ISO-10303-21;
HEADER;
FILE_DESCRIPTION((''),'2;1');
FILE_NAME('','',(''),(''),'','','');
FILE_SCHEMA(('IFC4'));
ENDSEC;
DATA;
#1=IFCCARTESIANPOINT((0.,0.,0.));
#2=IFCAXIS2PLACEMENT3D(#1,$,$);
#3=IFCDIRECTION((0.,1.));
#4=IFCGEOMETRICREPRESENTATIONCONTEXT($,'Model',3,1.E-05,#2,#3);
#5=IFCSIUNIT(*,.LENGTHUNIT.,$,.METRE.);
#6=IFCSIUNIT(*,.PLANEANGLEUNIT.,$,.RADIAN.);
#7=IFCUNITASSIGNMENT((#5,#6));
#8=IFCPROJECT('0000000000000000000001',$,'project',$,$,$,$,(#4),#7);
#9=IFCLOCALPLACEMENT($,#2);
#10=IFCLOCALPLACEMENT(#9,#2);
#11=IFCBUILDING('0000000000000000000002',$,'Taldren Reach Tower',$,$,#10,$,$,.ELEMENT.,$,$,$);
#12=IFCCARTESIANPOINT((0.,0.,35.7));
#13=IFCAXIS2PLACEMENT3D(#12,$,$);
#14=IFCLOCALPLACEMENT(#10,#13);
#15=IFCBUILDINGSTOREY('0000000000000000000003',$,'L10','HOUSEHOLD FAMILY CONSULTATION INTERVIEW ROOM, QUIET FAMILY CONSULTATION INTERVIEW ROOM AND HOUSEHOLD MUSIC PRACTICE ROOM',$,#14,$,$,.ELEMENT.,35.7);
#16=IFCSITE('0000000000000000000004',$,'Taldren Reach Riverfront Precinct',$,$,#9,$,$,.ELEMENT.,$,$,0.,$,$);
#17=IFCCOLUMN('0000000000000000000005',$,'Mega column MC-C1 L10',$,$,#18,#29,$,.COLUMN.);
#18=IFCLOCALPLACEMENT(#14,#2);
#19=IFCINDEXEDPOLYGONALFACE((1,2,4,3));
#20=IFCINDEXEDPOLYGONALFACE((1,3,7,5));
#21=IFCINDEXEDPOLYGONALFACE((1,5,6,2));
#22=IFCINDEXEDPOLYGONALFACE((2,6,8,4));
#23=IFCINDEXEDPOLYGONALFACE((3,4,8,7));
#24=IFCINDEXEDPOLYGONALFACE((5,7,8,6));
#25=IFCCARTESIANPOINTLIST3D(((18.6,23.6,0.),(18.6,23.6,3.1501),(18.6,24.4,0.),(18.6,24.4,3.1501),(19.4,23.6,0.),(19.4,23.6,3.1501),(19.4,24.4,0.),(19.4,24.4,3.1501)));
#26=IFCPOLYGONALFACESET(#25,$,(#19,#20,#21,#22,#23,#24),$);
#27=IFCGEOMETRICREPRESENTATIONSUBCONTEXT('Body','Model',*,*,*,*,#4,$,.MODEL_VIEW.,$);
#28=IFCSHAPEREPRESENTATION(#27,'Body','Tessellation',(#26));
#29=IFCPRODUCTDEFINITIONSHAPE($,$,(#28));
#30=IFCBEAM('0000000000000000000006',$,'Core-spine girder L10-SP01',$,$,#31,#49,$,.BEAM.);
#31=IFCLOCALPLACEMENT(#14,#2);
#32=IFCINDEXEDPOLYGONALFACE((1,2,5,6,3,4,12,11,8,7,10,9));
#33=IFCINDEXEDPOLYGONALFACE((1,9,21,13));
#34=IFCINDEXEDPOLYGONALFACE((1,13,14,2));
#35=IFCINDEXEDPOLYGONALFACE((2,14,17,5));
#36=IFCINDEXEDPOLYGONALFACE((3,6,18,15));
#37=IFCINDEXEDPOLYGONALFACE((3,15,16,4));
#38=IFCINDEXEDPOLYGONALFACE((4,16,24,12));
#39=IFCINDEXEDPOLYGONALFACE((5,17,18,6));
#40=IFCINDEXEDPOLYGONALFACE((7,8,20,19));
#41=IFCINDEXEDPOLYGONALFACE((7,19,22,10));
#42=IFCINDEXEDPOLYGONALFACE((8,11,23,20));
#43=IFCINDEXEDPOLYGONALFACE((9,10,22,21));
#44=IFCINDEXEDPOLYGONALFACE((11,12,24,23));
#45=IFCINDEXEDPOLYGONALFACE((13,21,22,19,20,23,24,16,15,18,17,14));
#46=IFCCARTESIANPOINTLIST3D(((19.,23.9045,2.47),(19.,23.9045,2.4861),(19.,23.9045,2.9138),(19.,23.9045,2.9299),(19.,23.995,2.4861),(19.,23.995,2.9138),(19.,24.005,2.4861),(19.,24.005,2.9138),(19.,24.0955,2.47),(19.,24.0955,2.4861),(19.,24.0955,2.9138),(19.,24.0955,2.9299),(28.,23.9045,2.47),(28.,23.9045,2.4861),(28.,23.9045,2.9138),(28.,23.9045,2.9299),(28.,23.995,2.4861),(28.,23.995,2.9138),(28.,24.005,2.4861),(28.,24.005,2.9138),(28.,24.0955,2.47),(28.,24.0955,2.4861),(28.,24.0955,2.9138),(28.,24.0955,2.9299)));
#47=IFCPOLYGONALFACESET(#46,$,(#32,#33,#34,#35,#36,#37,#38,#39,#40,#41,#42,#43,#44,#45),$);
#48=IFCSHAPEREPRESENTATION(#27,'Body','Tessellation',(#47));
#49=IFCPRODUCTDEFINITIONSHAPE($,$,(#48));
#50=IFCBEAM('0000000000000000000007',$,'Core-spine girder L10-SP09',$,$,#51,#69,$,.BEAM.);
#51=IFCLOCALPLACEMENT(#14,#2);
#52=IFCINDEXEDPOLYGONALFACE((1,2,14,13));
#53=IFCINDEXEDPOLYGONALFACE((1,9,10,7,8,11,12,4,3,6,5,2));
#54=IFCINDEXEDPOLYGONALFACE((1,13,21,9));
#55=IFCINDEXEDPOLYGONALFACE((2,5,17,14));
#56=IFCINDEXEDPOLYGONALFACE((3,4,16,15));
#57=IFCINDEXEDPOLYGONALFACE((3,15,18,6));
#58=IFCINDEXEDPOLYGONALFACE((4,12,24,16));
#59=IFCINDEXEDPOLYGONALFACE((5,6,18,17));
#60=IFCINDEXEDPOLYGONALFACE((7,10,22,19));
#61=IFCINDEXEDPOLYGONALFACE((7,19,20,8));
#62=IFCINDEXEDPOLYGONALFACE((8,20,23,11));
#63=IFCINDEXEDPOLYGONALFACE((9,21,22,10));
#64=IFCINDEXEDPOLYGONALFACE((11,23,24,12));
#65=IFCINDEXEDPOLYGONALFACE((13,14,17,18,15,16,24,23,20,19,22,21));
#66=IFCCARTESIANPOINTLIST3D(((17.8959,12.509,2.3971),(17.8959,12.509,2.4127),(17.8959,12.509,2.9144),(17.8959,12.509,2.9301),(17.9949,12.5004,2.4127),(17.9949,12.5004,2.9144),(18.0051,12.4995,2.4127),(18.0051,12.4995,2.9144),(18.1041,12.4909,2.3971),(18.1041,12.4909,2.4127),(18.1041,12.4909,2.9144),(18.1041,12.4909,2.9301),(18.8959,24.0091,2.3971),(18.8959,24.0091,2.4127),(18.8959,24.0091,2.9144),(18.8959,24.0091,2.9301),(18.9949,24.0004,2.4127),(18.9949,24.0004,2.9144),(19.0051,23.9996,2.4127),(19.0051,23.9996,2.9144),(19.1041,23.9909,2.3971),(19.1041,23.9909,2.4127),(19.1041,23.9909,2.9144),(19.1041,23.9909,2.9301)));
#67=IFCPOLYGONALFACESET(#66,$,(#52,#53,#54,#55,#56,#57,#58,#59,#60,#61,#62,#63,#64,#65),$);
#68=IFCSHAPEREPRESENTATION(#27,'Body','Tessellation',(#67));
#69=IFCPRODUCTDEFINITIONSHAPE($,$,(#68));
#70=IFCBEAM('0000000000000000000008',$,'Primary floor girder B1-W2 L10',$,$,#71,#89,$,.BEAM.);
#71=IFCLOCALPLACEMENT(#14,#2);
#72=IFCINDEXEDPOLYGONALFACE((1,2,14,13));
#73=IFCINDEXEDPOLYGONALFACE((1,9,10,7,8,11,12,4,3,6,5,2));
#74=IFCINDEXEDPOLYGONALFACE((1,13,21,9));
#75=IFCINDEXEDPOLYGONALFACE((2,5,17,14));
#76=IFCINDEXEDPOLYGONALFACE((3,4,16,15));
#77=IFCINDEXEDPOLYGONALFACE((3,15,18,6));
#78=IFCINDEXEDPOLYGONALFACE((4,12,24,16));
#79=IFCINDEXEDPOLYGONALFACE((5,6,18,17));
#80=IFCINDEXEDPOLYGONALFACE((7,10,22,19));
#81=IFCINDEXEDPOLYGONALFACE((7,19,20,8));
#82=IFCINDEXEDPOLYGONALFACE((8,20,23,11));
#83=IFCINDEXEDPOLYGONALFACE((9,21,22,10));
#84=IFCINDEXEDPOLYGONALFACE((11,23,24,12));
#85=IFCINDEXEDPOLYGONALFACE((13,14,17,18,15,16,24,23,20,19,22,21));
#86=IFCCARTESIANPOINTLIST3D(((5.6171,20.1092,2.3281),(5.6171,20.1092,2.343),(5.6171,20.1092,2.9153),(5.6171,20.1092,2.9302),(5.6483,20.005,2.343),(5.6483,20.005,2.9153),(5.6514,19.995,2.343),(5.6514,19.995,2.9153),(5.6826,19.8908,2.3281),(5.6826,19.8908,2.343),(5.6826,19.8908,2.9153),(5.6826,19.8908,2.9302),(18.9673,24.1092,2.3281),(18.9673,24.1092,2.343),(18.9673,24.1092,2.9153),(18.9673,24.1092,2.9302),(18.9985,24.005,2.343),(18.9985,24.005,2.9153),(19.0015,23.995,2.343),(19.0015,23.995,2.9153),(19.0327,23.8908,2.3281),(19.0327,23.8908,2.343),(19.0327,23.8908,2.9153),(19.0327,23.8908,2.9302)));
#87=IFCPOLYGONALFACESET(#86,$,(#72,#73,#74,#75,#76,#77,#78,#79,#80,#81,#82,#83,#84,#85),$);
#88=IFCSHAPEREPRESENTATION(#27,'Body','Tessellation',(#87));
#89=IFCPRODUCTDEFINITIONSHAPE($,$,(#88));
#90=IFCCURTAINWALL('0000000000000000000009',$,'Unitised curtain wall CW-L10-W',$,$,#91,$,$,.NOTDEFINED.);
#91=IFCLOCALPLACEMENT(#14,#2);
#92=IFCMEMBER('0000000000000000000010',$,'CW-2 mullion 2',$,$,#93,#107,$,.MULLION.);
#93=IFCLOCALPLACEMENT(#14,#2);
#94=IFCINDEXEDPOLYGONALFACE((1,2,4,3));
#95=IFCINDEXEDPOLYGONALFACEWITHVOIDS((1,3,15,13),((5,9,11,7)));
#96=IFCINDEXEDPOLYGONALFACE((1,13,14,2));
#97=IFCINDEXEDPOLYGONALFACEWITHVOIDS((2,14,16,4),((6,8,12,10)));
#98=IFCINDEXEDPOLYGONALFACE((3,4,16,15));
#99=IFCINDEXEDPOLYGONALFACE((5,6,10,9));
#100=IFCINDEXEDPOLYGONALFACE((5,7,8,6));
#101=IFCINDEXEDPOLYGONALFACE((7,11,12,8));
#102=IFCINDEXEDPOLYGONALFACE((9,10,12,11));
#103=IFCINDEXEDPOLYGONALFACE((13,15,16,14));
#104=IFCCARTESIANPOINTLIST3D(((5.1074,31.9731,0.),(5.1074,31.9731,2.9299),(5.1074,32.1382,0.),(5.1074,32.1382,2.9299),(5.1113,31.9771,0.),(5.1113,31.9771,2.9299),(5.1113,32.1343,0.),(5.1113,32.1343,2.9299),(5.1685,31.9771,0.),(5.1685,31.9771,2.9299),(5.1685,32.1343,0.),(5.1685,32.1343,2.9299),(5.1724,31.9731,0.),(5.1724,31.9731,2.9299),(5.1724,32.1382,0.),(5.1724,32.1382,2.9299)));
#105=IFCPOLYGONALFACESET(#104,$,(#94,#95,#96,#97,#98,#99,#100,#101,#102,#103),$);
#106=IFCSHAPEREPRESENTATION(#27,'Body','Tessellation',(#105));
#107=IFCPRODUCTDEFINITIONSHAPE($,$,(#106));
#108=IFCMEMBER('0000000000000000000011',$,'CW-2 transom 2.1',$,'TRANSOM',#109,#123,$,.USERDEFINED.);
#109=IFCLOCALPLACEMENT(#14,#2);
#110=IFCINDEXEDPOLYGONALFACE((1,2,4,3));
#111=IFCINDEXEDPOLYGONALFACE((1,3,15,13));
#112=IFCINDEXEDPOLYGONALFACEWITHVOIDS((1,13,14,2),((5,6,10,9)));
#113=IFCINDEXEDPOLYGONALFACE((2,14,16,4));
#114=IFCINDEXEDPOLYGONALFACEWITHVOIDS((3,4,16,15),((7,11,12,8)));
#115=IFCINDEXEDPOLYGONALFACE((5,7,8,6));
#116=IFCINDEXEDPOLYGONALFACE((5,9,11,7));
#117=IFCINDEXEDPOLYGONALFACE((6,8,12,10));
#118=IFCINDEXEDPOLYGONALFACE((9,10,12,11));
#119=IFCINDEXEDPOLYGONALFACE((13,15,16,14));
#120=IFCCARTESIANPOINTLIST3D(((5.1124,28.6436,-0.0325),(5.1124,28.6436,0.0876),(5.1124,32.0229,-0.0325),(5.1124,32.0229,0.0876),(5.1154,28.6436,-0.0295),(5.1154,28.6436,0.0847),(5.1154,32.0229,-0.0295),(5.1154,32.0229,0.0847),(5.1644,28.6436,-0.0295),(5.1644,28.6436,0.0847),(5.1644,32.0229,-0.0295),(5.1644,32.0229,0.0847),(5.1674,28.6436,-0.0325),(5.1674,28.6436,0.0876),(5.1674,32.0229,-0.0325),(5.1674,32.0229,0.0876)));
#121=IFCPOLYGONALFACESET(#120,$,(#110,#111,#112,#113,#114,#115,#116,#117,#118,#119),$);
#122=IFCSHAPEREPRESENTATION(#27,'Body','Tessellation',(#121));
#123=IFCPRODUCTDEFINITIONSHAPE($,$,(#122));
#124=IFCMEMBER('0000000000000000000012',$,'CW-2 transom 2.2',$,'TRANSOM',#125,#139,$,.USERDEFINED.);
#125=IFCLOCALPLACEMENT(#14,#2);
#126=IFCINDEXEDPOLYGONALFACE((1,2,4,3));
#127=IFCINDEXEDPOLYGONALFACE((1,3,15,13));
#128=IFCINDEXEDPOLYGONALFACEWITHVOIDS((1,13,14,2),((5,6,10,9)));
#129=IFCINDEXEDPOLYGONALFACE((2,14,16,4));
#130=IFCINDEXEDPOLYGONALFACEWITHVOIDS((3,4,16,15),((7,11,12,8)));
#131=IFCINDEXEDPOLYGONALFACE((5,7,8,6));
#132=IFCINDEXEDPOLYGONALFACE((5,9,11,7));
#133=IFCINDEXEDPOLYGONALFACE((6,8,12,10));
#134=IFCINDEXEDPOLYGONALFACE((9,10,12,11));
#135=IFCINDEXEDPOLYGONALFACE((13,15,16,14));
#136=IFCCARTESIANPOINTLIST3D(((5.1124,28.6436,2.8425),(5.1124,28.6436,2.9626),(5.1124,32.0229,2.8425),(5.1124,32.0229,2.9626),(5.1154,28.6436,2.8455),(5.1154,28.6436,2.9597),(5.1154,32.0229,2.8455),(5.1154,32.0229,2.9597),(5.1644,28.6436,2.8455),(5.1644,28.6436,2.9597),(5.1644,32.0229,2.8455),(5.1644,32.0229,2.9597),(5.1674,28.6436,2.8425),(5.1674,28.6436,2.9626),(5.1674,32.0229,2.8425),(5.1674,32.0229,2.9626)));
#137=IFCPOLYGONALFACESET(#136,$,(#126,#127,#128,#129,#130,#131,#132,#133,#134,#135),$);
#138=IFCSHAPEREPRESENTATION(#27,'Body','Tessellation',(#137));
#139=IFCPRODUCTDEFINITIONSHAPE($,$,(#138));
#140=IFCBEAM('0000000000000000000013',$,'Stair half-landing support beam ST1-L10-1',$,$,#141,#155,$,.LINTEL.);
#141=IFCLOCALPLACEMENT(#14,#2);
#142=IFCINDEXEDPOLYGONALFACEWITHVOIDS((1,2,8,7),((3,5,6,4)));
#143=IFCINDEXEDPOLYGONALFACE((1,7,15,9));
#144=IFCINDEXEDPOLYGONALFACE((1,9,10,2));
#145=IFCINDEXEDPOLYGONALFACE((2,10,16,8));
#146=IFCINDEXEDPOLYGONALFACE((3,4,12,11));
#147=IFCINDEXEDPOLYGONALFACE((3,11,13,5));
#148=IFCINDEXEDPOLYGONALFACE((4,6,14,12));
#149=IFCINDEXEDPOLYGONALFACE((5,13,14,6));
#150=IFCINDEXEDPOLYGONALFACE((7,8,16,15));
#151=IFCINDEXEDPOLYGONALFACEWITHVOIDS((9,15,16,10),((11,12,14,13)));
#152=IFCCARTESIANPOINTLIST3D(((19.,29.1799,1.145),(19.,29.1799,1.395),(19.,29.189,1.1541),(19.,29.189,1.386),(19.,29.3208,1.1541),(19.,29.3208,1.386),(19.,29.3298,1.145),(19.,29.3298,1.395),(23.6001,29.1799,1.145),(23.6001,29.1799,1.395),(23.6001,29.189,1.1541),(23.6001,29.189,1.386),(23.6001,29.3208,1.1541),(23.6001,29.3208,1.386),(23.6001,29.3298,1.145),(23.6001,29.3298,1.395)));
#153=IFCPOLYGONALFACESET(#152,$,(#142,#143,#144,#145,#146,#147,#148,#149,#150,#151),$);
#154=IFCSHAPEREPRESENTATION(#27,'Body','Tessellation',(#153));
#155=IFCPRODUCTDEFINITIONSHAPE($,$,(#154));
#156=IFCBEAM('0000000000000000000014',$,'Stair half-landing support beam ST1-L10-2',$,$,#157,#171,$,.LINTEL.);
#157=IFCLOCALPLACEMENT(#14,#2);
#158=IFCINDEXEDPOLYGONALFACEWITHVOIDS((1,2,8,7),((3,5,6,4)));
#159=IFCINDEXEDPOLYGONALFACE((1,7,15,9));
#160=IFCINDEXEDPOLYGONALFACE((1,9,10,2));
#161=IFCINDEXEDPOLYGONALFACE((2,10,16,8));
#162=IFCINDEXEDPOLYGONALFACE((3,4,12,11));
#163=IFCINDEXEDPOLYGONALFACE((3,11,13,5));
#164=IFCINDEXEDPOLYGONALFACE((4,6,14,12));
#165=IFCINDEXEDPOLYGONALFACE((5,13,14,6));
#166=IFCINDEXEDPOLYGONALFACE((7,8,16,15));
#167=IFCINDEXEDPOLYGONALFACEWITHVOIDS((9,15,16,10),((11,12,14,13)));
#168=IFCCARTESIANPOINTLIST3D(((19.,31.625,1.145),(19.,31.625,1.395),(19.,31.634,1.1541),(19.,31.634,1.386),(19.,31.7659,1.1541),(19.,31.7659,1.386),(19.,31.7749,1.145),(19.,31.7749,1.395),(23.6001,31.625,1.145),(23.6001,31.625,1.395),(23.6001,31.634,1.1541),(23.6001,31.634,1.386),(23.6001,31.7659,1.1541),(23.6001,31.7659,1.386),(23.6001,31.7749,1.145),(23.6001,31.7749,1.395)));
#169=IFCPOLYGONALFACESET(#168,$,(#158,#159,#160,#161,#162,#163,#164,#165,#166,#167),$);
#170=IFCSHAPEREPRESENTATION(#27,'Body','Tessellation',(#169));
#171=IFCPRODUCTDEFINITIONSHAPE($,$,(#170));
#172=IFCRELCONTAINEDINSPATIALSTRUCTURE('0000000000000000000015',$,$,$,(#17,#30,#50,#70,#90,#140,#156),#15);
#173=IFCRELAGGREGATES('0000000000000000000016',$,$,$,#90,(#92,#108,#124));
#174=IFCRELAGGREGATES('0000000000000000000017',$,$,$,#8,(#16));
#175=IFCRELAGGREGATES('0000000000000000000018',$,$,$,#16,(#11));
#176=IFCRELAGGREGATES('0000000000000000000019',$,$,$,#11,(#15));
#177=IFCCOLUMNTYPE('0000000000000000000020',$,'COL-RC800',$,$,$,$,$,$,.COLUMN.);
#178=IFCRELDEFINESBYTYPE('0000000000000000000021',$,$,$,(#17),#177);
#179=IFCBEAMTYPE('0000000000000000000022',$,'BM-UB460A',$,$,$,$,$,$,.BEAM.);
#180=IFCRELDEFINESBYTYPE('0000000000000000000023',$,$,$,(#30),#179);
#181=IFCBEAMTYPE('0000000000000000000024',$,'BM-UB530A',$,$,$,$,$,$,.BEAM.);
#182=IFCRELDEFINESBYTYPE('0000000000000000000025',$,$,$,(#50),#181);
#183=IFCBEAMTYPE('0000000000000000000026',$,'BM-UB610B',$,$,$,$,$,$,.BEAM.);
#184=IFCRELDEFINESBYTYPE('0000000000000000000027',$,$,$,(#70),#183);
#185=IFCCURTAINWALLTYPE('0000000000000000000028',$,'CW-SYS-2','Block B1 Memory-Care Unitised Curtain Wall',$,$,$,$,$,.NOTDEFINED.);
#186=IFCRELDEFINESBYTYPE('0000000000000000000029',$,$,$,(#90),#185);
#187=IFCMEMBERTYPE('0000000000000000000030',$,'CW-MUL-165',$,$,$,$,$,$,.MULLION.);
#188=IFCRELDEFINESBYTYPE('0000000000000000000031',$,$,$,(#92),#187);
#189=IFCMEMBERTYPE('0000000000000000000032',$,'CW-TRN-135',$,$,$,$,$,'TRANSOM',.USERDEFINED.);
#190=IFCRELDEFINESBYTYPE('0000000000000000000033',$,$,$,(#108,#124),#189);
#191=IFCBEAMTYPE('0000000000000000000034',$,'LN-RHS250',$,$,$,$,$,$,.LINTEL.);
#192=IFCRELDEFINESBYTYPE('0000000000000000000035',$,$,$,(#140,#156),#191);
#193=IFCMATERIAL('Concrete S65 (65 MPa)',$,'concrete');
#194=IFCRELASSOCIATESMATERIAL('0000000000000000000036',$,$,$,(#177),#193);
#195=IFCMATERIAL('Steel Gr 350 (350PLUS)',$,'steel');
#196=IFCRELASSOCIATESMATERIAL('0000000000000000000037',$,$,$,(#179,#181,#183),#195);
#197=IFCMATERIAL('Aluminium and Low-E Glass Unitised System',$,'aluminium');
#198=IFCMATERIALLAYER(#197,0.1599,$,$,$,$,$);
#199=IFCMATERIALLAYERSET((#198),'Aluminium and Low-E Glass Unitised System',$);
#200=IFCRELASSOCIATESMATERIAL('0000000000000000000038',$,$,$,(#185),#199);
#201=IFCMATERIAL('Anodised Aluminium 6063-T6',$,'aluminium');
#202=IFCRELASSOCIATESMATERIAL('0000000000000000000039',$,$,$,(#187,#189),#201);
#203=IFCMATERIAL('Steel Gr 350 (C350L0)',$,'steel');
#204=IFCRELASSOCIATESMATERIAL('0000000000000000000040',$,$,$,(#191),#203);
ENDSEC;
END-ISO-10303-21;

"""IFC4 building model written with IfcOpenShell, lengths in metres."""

from ifc_helpers import new_model, si_unit, direction, frame, origin, origin_2d, place, context, subcontext, project, spatial, rectangle, hollow_rectangle, i_section, extrude, source, transform, mapped, material, layer, layer_set, material_profile, profile_set, type_object, element, aggregate, save


model = new_model("IFC4")

# Units and contexts
model_context = context("Model", 3, precision=1e-05, world=origin(), true_north=direction((0.0, 1.0)))
body_context = subcontext(model_context, "Body", "Model", "MODEL_VIEW")
ifc_project = project(units=[si_unit("LENGTHUNIT", "METRE"), si_unit("PLANEANGLEUNIT", "RADIAN")], contexts=[model_context])

# Site, building, storey
site_placement = place(None, origin())
site = spatial("IfcSite", under=ifc_project, at=site_placement, Name="Taldren Reach Riverfront Precinct", CompositionType="ELEMENT", RefElevation=0.0)
building_placement = place(site_placement, origin())
building = spatial("IfcBuilding", under=site, at=building_placement, Name="Taldren Reach Tower", CompositionType="ELEMENT")
storey_placement = place(building_placement, frame((0.0, 0.0, 35.7)))
storey = spatial("IfcBuildingStorey", under=building, at=storey_placement, Name="L10", Description="HOUSEHOLD FAMILY CONSULTATION INTERVIEW ROOM, QUIET FAMILY CONSULTATION INTERVIEW ROOM AND HOUSEHOLD MUSIC PRACTICE ROOM", CompositionType="ELEMENT", Elevation=35.7)

# Column
ifc_material_1 = material(Name="Concrete S65 (65 MPa)", Category="concrete")
ifc_material_profile_1 = material_profile(ifc_material_1, rectangle(XDim=0.8, YDim=0.8, at=origin_2d()), Name="RC-800x800")
ifc_profile_set_1 = profile_set([ifc_material_profile_1], Name="Concrete S65 (65 MPa)")
column_type = type_object("IfcColumnType", Name="COL-RC800", PredefinedType="COLUMN", material=ifc_profile_set_1)
shared_shape_1 = source(origin(), body_context, "Body", "SweptSolid", [
    extrude(rectangle(XDim=0.8, YDim=0.8, at=origin_2d()), origin(), (0.0, 0.0, 1.0), 3.1501),
])
column_placement = place(storey_placement, frame((19.0, 24.0, 0.0), z_axis=(0.0, 0.0, 1.0), x_axis=(1.0, 0.0, 0.0)))
element("IfcColumn", 1, at=column_placement, inside=storey, type_object=column_type, Name="Mega column MC-C1 L10", PredefinedType="COLUMN", context=body_context, shape_type="MappedRepresentation", body=[
    mapped(shared_shape_1, transform((0.0, 0.0, 0.0), scale=1.0)),
])

# Beams
ifc_material_2 = material(Name="Steel Gr 350 (350PLUS)", Category="steel")
ifc_material_profile_2 = material_profile(ifc_material_2, i_section(OverallWidth=0.1909, OverallDepth=0.46, WebThickness=0.01, FlangeThickness=0.0161, at=origin_2d()), Name="460UB82.1")
ifc_profile_set_2 = profile_set([ifc_material_profile_2], Name="Steel Gr 350 (350PLUS)")
beam_type_1 = type_object("IfcBeamType", Name="BM-UB460A", PredefinedType="BEAM", material=ifc_profile_set_2)
shared_shape_2 = source(origin(), body_context, "Body", "SweptSolid", [
    extrude(i_section(OverallWidth=0.1909, OverallDepth=0.46, WebThickness=0.01, FlangeThickness=0.0161, at=origin_2d()), origin(), (0.0, 0.0, 1.0), 9.0),
])
beam_1_placement = place(storey_placement, frame((19.0, 24.0, 2.7), z_axis=(1.0, 0.0, 0.0), x_axis=(0.0, 1.0, 0.0)))
element("IfcBeam", 2, at=beam_1_placement, inside=storey, type_object=beam_type_1, Name="Core-spine girder L10-SP01", PredefinedType="BEAM", context=body_context, shape_type="MappedRepresentation", body=[
    mapped(shared_shape_2, transform((0.0, 0.0, 0.0), scale=1.0)),
])
ifc_material_profile_3 = material_profile(ifc_material_2, i_section(OverallWidth=0.209, OverallDepth=0.533, WebThickness=0.0103, FlangeThickness=0.0156, at=origin_2d()), Name="530UB92.4")
ifc_profile_set_3 = profile_set([ifc_material_profile_3], Name="Steel Gr 350 (350PLUS)")
beam_type_2 = type_object("IfcBeamType", Name="BM-UB530A", PredefinedType="BEAM", material=ifc_profile_set_3)
shared_shape_3 = source(origin(), body_context, "Body", "SweptSolid", [
    extrude(i_section(OverallWidth=0.209, OverallDepth=0.533, WebThickness=0.0103, FlangeThickness=0.0156, at=origin_2d()), origin(), (0.0, 0.0, 1.0), 11.5435),
])
beam_2_placement = place(storey_placement, frame((19.0, 24.0, 2.6636), z_axis=(-0.08663, -0.996241, 0.0), x_axis=(0.996241, -0.08663, 0.0)))
element("IfcBeam", 3, at=beam_2_placement, inside=storey, type_object=beam_type_2, Name="Core-spine girder L10-SP09", PredefinedType="BEAM", context=body_context, shape_type="MappedRepresentation", body=[
    mapped(shared_shape_3, transform((0.0, 0.0, 0.0), scale=1.0)),
])
ifc_material_profile_4 = material_profile(ifc_material_2, i_section(OverallWidth=0.228, OverallDepth=0.6021, WebThickness=0.0105, FlangeThickness=0.0149, at=origin_2d()), Name="610UB101")
ifc_profile_set_4 = profile_set([ifc_material_profile_4], Name="Steel Gr 350 (350PLUS)")
beam_type_3 = type_object("IfcBeamType", Name="BM-UB610B", PredefinedType="BEAM", material=ifc_profile_set_4)
shared_shape_4 = source(origin(), body_context, "Body", "SweptSolid", [
    extrude(i_section(OverallWidth=0.228, OverallDepth=0.6021, WebThickness=0.0105, FlangeThickness=0.0149, at=origin_2d()), origin(), (0.0, 0.0, 1.0), 13.9365),
])
beam_3_placement = place(storey_placement, frame((19.0, 24.0, 2.6292), z_axis=(-0.957926, -0.287017, 0.0), x_axis=(0.287017, -0.957926, 0.0)))
element("IfcBeam", 4, at=beam_3_placement, inside=storey, type_object=beam_type_3, Name="Primary floor girder B1-W2 L10", PredefinedType="BEAM", context=body_context, shape_type="MappedRepresentation", body=[
    mapped(shared_shape_4, transform((0.0, 0.0, 0.0), scale=1.0)),
])

# Curtain wall, members
ifc_material_3 = material(Name="Aluminium and Low-E Glass Unitised System", Category="aluminium")
ifc_layer_1 = layer(ifc_material_3, 0.1599)
ifc_layer_set_1 = layer_set([ifc_layer_1], Name="Aluminium and Low-E Glass Unitised System")
curtain_wall_type = type_object("IfcCurtainWallType", Name="CW-SYS-2", Description="Block B1 Memory-Care Unitised Curtain Wall", PredefinedType="NOTDEFINED", material=ifc_layer_set_1)
curtain_wall_placement = place(storey_placement, origin())
curtain_wall = element("IfcCurtainWall", 5, at=curtain_wall_placement, inside=storey, type_object=curtain_wall_type, Name="Unitised curtain wall CW-L10-W", PredefinedType="NOTDEFINED")
ifc_material_4 = material(Name="Anodised Aluminium 6063-T6", Category="aluminium")
ifc_material_profile_5 = material_profile(ifc_material_4, hollow_rectangle(XDim=0.0649, YDim=0.165, WallThickness=0.0039, at=origin_2d()), Name="ALU-165x65x4RHS")
ifc_profile_set_5 = profile_set([ifc_material_profile_5], Name="Anodised Aluminium 6063-T6")
member_type_1 = type_object("IfcMemberType", Name="CW-MUL-165", PredefinedType="MULLION", material=ifc_profile_set_5)
shared_shape_5 = source(origin(), body_context, "Body", "SweptSolid", [
    extrude(hollow_rectangle(XDim=0.0649, YDim=0.165, WallThickness=0.0039, at=origin_2d()), origin(), (0.0, 0.0, 1.0), 2.9299),
])
member_1_placement = place(storey_placement, frame((5.1399, 32.0557, 0.0), z_axis=(0.0, 0.0, 1.0), x_axis=(1.0, 0.0, 0.0)))
member_1 = element("IfcMember", 6, at=member_1_placement, type_object=member_type_1, Name="CW-2 mullion 2", PredefinedType="MULLION", context=body_context, shape_type="MappedRepresentation", body=[
    mapped(shared_shape_5, transform((0.0, 0.0, 0.0), scale=1.0)),
])
ifc_material_profile_6 = material_profile(ifc_material_4, hollow_rectangle(XDim=0.0549, YDim=0.1201, WallThickness=0.0029, at=origin_2d()), Name="ALU-120x55x3RHS")
ifc_profile_set_6 = profile_set([ifc_material_profile_6], Name="Anodised Aluminium 6063-T6")
member_type_2 = type_object("IfcMemberType", Name="CW-TRN-135", ElementType="TRANSOM", PredefinedType="USERDEFINED", material=ifc_profile_set_6)
shared_shape_6 = source(origin(), body_context, "Body", "SweptSolid", [
    extrude(hollow_rectangle(XDim=0.0549, YDim=0.1201, WallThickness=0.0029, at=origin_2d()), origin(), (0.0, 0.0, 1.0), 3.3794),
])
member_2_placement = place(storey_placement, frame((5.1399, 32.0229, 0.0276), z_axis=(0.0, -1.0, 0.0), x_axis=(1.0, 0.0, 0.0)))
member_2 = element("IfcMember", 7, at=member_2_placement, type_object=member_type_2, Name="CW-2 transom 2.1", ObjectType="TRANSOM", PredefinedType="USERDEFINED", context=body_context, shape_type="MappedRepresentation", body=[
    mapped(shared_shape_6, transform((0.0, 0.0, 0.0), scale=1.0)),
])
member_3_placement = place(storey_placement, frame((5.1399, 32.0229, 2.9026), z_axis=(0.0, -1.0, 0.0), x_axis=(1.0, 0.0, 0.0)))
member_3 = element("IfcMember", 8, at=member_3_placement, type_object=member_type_2, Name="CW-2 transom 2.2", ObjectType="TRANSOM", PredefinedType="USERDEFINED", context=body_context, shape_type="MappedRepresentation", body=[
    mapped(shared_shape_6, transform((0.0, 0.0, 0.0), scale=1.0)),
])

# Beams
ifc_material_5 = material(Name="Steel Gr 350 (C350L0)", Category="steel")
ifc_material_profile_7 = material_profile(ifc_material_5, hollow_rectangle(XDim=0.1499, YDim=0.25, WallThickness=0.009, at=origin_2d()), Name="250x150x9.0RHS")
ifc_profile_set_7 = profile_set([ifc_material_profile_7], Name="Steel Gr 350 (C350L0)")
beam_type_4 = type_object("IfcBeamType", Name="LN-RHS250", PredefinedType="LINTEL", material=ifc_profile_set_7)
shared_shape_7 = source(origin(), body_context, "Body", "SweptSolid", [
    extrude(hollow_rectangle(XDim=0.1499, YDim=0.25, WallThickness=0.009, at=origin_2d()), origin(), (0.0, 0.0, 1.0), 4.6001),
])
for number, where, z_axis, x_axis, name in (
    (9, (19.0, 29.2549, 1.27), (1.0, 0.0, 0.0), (0.0, 1.0, 0.0), "Stair half-landing support beam ST1-L10-1"),
    (10, (19.0, 31.7, 1.27), (1.0, 0.0, 0.0), (0.0, 1.0, 0.0), "Stair half-landing support beam ST1-L10-2"),
):
    element("IfcBeam", number, at=place(storey_placement, frame(where, z_axis=z_axis, x_axis=x_axis)), inside=storey, type_object=beam_type_4, Name=name, PredefinedType="LINTEL", context=body_context, shape_type="MappedRepresentation", body=[
        mapped(shared_shape_7, transform((0.0, 0.0, 0.0), scale=1.0)),
    ])

aggregate(curtain_wall, [member_1, member_2, member_3])

save(model, "model.ifc")
